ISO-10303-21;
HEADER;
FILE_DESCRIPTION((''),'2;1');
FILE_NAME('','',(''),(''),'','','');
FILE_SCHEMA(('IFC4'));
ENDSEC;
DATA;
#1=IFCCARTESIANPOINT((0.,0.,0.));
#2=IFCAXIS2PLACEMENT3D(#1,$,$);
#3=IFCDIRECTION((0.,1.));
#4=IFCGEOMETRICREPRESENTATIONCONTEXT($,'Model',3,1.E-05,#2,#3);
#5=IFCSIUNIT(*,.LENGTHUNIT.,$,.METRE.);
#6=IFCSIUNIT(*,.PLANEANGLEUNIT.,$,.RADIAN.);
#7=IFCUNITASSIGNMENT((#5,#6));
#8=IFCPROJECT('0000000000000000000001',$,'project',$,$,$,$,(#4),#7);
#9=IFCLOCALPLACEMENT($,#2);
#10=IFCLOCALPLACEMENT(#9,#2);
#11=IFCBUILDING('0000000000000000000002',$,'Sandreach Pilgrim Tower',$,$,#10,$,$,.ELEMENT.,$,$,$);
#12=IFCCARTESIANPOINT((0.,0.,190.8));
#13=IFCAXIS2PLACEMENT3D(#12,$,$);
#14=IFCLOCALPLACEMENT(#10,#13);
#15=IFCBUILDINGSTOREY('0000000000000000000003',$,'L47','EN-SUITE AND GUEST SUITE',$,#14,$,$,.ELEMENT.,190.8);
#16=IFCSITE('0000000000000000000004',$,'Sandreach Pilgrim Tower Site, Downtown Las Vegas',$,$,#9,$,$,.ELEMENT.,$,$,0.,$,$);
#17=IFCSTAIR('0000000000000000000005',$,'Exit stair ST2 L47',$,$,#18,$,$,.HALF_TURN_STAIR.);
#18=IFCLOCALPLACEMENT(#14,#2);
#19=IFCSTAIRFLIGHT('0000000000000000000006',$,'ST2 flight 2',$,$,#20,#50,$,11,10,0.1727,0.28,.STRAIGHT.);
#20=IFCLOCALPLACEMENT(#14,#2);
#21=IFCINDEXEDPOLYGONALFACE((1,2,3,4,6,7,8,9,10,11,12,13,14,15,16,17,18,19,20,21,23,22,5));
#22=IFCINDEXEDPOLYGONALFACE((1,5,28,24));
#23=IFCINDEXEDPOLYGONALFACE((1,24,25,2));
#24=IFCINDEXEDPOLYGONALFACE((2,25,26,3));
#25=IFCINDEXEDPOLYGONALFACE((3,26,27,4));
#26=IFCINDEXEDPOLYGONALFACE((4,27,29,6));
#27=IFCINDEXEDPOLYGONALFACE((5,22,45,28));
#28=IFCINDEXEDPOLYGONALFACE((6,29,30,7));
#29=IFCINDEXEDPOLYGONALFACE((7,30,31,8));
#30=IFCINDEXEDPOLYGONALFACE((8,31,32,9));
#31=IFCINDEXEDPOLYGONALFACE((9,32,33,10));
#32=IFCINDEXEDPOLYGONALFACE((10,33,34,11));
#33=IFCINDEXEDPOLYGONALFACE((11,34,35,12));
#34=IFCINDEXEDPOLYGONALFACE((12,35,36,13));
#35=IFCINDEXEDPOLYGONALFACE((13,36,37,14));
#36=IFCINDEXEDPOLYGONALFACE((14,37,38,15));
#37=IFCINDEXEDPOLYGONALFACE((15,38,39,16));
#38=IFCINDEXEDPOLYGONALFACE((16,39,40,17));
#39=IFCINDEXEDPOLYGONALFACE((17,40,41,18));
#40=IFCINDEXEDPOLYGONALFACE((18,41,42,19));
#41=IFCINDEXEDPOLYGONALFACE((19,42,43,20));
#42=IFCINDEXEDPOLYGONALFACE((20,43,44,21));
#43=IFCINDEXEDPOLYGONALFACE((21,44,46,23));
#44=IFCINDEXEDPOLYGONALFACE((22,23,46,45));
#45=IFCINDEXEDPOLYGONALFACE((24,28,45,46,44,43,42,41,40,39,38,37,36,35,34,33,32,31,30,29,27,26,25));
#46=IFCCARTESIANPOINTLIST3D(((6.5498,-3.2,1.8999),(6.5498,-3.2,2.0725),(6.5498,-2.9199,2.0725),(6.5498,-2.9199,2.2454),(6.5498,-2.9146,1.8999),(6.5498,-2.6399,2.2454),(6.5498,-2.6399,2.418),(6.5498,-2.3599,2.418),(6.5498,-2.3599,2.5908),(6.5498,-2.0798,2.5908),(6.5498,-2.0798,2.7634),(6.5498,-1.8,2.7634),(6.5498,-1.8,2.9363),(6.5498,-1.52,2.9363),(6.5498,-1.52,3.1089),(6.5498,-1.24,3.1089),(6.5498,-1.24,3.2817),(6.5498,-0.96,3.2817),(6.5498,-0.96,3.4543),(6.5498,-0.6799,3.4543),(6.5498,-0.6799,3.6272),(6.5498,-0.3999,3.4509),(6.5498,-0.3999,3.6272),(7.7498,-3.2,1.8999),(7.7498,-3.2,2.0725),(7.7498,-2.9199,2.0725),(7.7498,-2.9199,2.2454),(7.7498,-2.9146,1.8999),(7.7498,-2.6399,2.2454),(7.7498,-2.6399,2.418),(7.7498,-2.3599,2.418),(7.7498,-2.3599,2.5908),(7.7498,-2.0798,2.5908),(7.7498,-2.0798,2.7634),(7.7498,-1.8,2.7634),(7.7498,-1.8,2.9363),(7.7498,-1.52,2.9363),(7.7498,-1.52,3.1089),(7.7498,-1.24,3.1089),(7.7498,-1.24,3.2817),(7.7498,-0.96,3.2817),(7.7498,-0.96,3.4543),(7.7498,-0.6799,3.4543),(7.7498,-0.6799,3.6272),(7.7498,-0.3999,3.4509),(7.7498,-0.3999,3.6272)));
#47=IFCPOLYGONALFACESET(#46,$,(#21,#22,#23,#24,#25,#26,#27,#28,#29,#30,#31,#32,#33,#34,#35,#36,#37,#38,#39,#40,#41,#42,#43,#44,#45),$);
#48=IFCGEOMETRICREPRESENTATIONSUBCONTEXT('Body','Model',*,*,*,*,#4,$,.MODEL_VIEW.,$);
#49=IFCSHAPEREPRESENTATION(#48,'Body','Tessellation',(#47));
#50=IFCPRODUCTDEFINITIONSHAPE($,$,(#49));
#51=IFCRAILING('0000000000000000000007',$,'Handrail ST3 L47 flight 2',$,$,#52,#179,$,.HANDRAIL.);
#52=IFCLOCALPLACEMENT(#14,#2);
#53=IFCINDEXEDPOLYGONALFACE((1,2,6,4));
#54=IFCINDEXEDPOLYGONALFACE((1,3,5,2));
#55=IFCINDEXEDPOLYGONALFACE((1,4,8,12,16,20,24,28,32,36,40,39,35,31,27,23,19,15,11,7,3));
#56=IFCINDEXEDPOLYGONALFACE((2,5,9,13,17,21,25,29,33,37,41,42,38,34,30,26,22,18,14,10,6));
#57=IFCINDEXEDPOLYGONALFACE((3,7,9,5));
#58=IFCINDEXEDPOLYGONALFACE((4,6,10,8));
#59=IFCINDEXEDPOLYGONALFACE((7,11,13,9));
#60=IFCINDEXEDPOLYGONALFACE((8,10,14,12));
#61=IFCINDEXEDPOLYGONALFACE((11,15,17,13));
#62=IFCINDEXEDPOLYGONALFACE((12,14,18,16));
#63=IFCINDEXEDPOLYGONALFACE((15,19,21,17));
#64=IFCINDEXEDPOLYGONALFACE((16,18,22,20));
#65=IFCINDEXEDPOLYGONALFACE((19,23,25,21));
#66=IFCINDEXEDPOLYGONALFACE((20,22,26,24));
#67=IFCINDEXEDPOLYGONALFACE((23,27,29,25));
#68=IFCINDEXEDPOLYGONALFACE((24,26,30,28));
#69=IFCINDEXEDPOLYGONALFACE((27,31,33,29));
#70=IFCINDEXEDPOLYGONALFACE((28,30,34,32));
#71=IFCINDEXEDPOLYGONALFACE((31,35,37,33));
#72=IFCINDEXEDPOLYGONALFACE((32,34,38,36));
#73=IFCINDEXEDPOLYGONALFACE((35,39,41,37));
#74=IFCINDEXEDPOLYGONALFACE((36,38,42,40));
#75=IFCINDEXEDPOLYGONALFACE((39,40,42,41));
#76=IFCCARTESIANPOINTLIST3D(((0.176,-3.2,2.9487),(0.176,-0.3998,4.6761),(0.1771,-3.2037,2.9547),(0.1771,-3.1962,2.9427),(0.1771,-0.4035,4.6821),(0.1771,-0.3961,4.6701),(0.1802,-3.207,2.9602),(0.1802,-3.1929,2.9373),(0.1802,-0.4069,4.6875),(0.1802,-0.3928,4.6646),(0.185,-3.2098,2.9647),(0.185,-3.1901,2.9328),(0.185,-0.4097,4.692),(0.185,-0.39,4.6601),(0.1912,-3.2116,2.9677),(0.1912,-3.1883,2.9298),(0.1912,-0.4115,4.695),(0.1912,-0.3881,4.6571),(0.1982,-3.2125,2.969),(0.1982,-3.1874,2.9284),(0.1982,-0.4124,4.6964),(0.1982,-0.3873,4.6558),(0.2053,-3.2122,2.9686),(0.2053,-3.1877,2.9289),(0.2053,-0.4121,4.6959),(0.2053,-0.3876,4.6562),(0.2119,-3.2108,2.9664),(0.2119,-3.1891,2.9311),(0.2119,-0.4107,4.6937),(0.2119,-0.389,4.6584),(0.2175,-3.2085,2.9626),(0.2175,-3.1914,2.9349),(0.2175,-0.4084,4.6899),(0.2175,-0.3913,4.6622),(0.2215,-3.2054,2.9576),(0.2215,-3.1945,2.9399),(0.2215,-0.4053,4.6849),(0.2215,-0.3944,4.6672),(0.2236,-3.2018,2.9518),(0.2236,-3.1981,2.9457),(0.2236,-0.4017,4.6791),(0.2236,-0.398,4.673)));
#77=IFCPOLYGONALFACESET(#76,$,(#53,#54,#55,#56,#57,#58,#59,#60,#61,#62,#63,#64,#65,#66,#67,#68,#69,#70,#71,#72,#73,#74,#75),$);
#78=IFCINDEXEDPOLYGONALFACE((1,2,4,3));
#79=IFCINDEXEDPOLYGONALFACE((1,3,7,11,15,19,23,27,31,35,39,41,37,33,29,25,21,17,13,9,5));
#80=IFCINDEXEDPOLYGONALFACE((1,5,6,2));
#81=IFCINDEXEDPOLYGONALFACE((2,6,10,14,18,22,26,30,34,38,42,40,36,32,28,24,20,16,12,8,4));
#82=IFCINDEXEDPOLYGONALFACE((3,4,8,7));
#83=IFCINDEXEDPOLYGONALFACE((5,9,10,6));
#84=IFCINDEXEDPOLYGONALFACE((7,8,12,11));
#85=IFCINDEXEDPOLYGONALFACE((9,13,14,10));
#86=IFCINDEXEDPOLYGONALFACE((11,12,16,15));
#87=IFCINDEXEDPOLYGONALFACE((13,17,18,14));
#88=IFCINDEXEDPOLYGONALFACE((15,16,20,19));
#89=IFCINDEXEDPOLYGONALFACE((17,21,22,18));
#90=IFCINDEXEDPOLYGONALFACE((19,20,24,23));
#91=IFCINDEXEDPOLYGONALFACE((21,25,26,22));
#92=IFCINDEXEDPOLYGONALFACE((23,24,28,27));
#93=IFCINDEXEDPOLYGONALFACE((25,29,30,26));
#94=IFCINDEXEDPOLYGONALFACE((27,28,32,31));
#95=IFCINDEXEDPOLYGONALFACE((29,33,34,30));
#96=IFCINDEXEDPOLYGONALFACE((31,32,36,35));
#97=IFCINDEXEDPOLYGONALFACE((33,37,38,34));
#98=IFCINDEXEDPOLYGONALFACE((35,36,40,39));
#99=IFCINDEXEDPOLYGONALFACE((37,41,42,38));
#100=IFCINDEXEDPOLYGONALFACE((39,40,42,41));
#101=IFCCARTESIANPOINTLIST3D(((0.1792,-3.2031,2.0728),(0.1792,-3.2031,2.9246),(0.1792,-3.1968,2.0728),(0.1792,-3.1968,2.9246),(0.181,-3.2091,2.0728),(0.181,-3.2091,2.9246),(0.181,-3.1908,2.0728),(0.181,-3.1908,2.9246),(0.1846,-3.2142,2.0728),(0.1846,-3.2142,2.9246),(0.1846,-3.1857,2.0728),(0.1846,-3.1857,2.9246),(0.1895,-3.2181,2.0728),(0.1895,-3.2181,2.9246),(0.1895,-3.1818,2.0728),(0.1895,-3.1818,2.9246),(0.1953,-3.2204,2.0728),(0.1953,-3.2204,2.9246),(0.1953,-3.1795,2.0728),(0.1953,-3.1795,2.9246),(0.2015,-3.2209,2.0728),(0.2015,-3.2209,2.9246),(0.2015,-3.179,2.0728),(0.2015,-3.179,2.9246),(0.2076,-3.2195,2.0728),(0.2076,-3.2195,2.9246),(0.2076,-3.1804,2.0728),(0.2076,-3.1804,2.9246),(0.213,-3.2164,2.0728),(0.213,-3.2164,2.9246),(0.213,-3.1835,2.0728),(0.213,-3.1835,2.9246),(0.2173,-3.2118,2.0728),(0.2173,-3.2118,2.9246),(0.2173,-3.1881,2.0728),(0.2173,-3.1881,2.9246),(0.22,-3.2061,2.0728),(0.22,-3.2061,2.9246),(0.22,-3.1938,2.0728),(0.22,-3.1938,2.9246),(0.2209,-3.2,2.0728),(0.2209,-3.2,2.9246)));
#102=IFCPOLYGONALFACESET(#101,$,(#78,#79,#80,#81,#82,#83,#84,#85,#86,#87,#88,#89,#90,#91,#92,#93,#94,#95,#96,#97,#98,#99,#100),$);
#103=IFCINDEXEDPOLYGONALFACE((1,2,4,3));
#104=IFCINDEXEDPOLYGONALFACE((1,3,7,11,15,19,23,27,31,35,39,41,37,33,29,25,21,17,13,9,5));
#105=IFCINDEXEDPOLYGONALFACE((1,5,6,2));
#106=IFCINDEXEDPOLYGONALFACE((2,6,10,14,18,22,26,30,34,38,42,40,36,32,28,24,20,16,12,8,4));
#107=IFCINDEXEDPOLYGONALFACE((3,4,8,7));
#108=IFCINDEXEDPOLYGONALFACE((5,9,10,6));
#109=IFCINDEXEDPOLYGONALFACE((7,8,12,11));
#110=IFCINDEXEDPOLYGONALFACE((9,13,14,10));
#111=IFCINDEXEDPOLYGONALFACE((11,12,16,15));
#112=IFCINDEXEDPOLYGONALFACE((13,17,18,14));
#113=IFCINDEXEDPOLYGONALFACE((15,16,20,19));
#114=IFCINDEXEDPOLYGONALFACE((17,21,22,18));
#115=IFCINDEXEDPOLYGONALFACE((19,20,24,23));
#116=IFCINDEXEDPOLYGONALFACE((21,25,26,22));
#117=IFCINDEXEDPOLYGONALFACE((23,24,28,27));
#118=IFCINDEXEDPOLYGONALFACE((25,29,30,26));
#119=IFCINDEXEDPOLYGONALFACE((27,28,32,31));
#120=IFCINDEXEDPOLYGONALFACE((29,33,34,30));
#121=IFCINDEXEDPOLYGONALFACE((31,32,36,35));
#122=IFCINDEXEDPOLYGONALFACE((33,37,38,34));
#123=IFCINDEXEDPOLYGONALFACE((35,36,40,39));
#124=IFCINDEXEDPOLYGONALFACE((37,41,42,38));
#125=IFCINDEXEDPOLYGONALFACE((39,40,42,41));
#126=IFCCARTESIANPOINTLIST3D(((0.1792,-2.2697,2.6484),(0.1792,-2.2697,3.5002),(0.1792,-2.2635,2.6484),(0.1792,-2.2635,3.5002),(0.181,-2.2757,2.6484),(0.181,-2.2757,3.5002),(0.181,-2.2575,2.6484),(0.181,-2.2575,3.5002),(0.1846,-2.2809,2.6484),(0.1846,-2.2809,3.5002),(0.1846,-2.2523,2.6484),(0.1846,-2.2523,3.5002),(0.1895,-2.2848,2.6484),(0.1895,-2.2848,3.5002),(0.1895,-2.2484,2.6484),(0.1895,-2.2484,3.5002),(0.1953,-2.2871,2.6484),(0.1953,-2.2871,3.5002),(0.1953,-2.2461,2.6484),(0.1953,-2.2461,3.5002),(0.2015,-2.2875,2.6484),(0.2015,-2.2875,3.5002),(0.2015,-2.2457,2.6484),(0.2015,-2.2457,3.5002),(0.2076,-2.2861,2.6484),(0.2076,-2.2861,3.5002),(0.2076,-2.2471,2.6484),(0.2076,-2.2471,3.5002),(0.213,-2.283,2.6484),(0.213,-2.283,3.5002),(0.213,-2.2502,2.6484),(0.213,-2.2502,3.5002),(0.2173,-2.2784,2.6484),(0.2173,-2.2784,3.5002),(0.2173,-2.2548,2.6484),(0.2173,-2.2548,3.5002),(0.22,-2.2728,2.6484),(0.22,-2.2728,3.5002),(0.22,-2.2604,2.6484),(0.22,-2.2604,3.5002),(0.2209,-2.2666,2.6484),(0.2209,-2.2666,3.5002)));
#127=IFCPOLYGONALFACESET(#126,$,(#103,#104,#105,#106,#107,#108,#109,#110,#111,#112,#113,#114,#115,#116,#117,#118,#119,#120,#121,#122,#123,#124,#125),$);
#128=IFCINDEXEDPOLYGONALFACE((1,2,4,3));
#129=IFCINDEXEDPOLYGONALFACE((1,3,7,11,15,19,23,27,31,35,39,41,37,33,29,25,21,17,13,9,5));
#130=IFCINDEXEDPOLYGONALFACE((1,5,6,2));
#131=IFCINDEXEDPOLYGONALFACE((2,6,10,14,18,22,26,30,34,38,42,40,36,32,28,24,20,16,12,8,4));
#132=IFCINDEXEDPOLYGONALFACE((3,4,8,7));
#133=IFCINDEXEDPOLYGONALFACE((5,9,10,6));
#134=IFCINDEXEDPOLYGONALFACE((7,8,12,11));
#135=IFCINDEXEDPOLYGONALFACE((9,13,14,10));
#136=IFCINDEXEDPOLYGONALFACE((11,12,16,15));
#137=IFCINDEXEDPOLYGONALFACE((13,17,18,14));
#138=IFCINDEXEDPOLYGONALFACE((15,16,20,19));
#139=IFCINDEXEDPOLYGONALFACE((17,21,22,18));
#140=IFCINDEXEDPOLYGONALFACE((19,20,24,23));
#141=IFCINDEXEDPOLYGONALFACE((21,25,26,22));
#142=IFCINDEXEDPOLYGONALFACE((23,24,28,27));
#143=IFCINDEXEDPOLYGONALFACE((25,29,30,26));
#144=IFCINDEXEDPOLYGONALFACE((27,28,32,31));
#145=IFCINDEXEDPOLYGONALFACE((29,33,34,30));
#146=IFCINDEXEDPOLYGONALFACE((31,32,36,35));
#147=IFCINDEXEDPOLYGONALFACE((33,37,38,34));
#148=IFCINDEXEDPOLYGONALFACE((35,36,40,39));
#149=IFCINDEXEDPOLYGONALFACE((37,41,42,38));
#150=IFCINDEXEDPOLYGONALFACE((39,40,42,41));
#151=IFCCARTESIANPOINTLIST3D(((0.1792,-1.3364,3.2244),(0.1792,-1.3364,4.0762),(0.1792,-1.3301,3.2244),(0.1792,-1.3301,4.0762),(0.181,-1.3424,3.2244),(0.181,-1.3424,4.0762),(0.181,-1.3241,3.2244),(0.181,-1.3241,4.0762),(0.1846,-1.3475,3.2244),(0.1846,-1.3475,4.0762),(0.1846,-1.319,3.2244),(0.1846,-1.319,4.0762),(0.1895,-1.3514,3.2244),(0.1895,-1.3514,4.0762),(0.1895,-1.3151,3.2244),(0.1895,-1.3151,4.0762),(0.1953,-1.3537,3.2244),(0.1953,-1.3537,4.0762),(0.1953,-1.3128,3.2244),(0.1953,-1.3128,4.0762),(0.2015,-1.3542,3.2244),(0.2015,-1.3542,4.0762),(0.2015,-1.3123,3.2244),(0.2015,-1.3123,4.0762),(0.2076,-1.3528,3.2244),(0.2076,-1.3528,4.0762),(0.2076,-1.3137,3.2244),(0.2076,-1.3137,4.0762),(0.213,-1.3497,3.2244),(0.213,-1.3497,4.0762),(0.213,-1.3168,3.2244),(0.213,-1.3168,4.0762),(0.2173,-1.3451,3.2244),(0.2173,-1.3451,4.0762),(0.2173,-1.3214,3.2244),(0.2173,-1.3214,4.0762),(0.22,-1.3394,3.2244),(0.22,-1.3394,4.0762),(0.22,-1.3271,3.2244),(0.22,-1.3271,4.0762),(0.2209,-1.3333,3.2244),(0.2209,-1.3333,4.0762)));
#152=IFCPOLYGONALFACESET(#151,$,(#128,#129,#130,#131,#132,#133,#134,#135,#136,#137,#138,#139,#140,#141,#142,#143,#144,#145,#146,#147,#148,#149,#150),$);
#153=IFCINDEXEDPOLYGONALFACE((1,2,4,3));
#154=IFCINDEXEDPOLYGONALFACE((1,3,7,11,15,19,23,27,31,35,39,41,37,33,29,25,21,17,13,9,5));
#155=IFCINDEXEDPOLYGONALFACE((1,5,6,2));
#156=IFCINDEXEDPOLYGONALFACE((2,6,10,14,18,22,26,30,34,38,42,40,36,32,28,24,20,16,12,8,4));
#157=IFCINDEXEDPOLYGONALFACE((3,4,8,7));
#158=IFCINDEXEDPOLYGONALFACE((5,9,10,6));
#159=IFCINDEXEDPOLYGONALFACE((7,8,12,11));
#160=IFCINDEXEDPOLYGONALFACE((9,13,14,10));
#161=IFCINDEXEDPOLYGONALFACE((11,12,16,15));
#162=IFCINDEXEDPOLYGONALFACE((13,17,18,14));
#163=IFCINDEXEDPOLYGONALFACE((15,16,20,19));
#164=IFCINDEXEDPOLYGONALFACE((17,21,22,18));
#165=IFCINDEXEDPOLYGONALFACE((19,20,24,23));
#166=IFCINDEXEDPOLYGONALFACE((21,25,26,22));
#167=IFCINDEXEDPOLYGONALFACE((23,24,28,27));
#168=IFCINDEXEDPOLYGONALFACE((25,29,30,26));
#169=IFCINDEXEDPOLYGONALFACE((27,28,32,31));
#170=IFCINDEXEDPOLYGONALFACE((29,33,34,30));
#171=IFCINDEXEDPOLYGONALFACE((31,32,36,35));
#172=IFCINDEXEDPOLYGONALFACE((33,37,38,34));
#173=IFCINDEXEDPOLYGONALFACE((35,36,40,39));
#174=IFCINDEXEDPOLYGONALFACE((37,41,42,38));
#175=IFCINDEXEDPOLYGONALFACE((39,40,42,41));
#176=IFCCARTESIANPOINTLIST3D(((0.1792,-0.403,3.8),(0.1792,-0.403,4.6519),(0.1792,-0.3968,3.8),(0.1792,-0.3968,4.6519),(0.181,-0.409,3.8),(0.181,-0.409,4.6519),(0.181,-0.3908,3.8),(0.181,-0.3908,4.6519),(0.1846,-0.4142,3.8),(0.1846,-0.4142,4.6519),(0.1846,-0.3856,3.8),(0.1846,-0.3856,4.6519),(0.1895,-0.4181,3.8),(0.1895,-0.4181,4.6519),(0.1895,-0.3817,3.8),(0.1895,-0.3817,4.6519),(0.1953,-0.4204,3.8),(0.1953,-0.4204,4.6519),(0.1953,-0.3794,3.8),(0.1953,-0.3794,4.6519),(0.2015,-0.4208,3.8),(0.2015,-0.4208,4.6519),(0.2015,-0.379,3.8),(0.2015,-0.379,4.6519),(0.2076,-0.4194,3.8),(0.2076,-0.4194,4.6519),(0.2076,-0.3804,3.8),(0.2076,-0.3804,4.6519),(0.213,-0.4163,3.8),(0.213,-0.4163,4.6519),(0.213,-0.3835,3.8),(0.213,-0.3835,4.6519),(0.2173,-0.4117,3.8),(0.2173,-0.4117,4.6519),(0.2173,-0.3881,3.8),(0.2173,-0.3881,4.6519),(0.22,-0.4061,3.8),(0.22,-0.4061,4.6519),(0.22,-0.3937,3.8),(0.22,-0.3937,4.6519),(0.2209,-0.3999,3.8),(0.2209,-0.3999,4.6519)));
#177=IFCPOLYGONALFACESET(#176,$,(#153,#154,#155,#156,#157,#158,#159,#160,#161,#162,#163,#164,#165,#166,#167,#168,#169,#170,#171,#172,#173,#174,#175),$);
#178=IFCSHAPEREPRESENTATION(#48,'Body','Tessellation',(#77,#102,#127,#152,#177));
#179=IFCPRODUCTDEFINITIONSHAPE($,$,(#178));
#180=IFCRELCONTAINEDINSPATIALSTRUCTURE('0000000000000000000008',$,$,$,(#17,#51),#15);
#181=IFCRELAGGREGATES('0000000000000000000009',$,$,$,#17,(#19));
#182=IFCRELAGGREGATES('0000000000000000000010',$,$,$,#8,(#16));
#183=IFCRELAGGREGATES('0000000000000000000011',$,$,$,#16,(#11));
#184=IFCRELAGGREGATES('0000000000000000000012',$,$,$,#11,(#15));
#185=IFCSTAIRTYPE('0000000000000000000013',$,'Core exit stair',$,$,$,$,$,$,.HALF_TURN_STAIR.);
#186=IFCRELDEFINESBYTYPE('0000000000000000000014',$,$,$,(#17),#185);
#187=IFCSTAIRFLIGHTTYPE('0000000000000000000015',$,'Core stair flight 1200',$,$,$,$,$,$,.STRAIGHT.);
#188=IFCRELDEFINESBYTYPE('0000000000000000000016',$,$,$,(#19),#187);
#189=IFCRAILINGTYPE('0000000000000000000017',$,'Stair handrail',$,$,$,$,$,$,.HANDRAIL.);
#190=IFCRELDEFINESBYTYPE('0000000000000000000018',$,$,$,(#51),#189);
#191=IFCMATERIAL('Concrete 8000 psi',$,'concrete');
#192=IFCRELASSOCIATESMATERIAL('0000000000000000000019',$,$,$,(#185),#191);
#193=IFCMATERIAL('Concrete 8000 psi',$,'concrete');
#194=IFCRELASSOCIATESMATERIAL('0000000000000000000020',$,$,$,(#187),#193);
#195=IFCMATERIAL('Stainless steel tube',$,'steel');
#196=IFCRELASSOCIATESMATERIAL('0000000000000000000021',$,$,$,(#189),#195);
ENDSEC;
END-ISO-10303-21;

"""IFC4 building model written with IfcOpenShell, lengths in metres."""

from ifc_helpers import new_model, si_unit, direction, frame, origin, origin_2d, place, context, subcontext, project, spatial, polyline, circle, outline, extrude, material, type_object, element, aggregate, save


model = new_model("IFC4")

# Units and contexts
model_context = context("Model", 3, precision=1e-05, world=origin(), true_north=direction((0.0, 1.0)))
body_context = subcontext(model_context, "Body", "Model", "MODEL_VIEW")
ifc_project = project(units=[si_unit("LENGTHUNIT", "METRE"), si_unit("PLANEANGLEUNIT", "RADIAN")], contexts=[model_context])

# Site, building, storey
site_placement = place(None, origin())
site = spatial("IfcSite", under=ifc_project, at=site_placement, Name="Sandreach Pilgrim Tower Site, Downtown Las Vegas", CompositionType="ELEMENT", RefElevation=0.0)
building_placement = place(site_placement, origin())
building = spatial("IfcBuilding", under=site, at=building_placement, Name="Sandreach Pilgrim Tower", CompositionType="ELEMENT")
storey_placement = place(building_placement, frame((0.0, 0.0, 190.8)))
storey = spatial("IfcBuildingStorey", under=building, at=storey_placement, Name="L47", Description="EN-SUITE AND GUEST SUITE", CompositionType="ELEMENT", Elevation=190.8)

# Shared definitions
ifc_material_1 = material(Name="Concrete 8000 psi", Category="concrete")
stair_type = type_object("IfcStairType", Name="Core exit stair", PredefinedType="HALF_TURN_STAIR", material=ifc_material_1)
ifc_material_2 = material(Name="Concrete 8000 psi", Category="concrete")
stair_flight_type = type_object("IfcStairFlightType", Name="Core stair flight 1200", PredefinedType="STRAIGHT", material=ifc_material_2)

# Stair, stair flight
stair_1_placement = place(storey_placement, origin())
stair_1 = element("IfcStair", 1, at=stair_1_placement, inside=storey, type_object=stair_type, Name="Exit stair ST2 L47", PredefinedType="HALF_TURN_STAIR")
stair_flight_1_placement = place(storey_placement, frame((7.1499, -3.2, 1.8999), z_axis=(0.0, 0.0, 1.0), x_axis=(0.0, 1.0, 0.0)))
stair_flight_1 = element("IfcStairFlight", 2, at=stair_flight_1_placement, type_object=stair_flight_type, Name="ST2 flight 2", NumberOfRisers=11, NumberOfTreads=10, PredefinedType="STRAIGHT", RiserHeight=0.1727, TreadLength=0.28, context=body_context, shape_type="SweptSolid", body=[
    extrude(outline(polyline([(0.0, 0.0), (0.0, 0.1726), (0.28, 0.1726), (0.28, 0.3455), (0.5601, 0.3455), (0.5601, 0.5181), (0.8401, 0.5181), (0.8401, 0.6909), (1.1201, 0.6909), (1.1201, 0.8635), (1.3999, 0.8635), (1.3999, 1.0364), (1.6799, 1.0364), (1.6799, 1.209), (1.96, 1.209), (1.96, 1.3818), (2.24, 1.3818), (2.24, 1.5544), (2.52, 1.5544), (2.52, 1.7273), (2.8, 1.7273), (2.8, 1.8999), (2.8, 1.551), (0.2854, 0.0), (0.0, 0.0)])), frame((0.0, 0.6001, 0.0), z_axis=(0.0, -1.0, 0.0), x_axis=(1.0, 0.0, 0.0)), (0.0, 0.0, 1.0), 1.2),
])
aggregate(stair_1, [stair_flight_1])

# Railing
ifc_material_3 = material(Name="Stainless steel tube", Category="steel")
railing_type = type_object("IfcRailingType", Name="Stair handrail", PredefinedType="HANDRAIL", material=ifc_material_3)
for number, where, name in (
    (3, (0.2, -3.2, 2.0728), "Handrail ST3 L47 flight 2"),
):
    element("IfcRailing", number, at=place(storey_placement, frame(where)), inside=storey, type_object=railing_type, Name=name, PredefinedType="HANDRAIL", context=body_context, shape_type="SweptSolid", body=[
        extrude(circle(Radius=0.0239, at=origin_2d()), frame((0.0, 0.0, 0.876), z_axis=(0.0, 0.85109, 0.52502), x_axis=(-1.0, 0.0, 0.0)), (0.0, 0.0, 1.0), 3.29),
        extrude(circle(Radius=0.021, at=origin_2d()), origin(), (0.0, 0.0, 1.0), 0.8518),
        extrude(circle(Radius=0.021, at=origin_2d()), frame((0.0, 0.9333, 0.5757)), (0.0, 0.0, 1.0), 0.8518),
        extrude(circle(Radius=0.021, at=origin_2d()), frame((0.0, 1.8667, 1.1516)), (0.0, 0.0, 1.0), 0.8518),
        extrude(circle(Radius=0.021, at=origin_2d()), frame((0.0, 2.8, 1.7273)), (0.0, 0.0, 1.0), 0.8518),
    ])

save(model, "model.ifc")
